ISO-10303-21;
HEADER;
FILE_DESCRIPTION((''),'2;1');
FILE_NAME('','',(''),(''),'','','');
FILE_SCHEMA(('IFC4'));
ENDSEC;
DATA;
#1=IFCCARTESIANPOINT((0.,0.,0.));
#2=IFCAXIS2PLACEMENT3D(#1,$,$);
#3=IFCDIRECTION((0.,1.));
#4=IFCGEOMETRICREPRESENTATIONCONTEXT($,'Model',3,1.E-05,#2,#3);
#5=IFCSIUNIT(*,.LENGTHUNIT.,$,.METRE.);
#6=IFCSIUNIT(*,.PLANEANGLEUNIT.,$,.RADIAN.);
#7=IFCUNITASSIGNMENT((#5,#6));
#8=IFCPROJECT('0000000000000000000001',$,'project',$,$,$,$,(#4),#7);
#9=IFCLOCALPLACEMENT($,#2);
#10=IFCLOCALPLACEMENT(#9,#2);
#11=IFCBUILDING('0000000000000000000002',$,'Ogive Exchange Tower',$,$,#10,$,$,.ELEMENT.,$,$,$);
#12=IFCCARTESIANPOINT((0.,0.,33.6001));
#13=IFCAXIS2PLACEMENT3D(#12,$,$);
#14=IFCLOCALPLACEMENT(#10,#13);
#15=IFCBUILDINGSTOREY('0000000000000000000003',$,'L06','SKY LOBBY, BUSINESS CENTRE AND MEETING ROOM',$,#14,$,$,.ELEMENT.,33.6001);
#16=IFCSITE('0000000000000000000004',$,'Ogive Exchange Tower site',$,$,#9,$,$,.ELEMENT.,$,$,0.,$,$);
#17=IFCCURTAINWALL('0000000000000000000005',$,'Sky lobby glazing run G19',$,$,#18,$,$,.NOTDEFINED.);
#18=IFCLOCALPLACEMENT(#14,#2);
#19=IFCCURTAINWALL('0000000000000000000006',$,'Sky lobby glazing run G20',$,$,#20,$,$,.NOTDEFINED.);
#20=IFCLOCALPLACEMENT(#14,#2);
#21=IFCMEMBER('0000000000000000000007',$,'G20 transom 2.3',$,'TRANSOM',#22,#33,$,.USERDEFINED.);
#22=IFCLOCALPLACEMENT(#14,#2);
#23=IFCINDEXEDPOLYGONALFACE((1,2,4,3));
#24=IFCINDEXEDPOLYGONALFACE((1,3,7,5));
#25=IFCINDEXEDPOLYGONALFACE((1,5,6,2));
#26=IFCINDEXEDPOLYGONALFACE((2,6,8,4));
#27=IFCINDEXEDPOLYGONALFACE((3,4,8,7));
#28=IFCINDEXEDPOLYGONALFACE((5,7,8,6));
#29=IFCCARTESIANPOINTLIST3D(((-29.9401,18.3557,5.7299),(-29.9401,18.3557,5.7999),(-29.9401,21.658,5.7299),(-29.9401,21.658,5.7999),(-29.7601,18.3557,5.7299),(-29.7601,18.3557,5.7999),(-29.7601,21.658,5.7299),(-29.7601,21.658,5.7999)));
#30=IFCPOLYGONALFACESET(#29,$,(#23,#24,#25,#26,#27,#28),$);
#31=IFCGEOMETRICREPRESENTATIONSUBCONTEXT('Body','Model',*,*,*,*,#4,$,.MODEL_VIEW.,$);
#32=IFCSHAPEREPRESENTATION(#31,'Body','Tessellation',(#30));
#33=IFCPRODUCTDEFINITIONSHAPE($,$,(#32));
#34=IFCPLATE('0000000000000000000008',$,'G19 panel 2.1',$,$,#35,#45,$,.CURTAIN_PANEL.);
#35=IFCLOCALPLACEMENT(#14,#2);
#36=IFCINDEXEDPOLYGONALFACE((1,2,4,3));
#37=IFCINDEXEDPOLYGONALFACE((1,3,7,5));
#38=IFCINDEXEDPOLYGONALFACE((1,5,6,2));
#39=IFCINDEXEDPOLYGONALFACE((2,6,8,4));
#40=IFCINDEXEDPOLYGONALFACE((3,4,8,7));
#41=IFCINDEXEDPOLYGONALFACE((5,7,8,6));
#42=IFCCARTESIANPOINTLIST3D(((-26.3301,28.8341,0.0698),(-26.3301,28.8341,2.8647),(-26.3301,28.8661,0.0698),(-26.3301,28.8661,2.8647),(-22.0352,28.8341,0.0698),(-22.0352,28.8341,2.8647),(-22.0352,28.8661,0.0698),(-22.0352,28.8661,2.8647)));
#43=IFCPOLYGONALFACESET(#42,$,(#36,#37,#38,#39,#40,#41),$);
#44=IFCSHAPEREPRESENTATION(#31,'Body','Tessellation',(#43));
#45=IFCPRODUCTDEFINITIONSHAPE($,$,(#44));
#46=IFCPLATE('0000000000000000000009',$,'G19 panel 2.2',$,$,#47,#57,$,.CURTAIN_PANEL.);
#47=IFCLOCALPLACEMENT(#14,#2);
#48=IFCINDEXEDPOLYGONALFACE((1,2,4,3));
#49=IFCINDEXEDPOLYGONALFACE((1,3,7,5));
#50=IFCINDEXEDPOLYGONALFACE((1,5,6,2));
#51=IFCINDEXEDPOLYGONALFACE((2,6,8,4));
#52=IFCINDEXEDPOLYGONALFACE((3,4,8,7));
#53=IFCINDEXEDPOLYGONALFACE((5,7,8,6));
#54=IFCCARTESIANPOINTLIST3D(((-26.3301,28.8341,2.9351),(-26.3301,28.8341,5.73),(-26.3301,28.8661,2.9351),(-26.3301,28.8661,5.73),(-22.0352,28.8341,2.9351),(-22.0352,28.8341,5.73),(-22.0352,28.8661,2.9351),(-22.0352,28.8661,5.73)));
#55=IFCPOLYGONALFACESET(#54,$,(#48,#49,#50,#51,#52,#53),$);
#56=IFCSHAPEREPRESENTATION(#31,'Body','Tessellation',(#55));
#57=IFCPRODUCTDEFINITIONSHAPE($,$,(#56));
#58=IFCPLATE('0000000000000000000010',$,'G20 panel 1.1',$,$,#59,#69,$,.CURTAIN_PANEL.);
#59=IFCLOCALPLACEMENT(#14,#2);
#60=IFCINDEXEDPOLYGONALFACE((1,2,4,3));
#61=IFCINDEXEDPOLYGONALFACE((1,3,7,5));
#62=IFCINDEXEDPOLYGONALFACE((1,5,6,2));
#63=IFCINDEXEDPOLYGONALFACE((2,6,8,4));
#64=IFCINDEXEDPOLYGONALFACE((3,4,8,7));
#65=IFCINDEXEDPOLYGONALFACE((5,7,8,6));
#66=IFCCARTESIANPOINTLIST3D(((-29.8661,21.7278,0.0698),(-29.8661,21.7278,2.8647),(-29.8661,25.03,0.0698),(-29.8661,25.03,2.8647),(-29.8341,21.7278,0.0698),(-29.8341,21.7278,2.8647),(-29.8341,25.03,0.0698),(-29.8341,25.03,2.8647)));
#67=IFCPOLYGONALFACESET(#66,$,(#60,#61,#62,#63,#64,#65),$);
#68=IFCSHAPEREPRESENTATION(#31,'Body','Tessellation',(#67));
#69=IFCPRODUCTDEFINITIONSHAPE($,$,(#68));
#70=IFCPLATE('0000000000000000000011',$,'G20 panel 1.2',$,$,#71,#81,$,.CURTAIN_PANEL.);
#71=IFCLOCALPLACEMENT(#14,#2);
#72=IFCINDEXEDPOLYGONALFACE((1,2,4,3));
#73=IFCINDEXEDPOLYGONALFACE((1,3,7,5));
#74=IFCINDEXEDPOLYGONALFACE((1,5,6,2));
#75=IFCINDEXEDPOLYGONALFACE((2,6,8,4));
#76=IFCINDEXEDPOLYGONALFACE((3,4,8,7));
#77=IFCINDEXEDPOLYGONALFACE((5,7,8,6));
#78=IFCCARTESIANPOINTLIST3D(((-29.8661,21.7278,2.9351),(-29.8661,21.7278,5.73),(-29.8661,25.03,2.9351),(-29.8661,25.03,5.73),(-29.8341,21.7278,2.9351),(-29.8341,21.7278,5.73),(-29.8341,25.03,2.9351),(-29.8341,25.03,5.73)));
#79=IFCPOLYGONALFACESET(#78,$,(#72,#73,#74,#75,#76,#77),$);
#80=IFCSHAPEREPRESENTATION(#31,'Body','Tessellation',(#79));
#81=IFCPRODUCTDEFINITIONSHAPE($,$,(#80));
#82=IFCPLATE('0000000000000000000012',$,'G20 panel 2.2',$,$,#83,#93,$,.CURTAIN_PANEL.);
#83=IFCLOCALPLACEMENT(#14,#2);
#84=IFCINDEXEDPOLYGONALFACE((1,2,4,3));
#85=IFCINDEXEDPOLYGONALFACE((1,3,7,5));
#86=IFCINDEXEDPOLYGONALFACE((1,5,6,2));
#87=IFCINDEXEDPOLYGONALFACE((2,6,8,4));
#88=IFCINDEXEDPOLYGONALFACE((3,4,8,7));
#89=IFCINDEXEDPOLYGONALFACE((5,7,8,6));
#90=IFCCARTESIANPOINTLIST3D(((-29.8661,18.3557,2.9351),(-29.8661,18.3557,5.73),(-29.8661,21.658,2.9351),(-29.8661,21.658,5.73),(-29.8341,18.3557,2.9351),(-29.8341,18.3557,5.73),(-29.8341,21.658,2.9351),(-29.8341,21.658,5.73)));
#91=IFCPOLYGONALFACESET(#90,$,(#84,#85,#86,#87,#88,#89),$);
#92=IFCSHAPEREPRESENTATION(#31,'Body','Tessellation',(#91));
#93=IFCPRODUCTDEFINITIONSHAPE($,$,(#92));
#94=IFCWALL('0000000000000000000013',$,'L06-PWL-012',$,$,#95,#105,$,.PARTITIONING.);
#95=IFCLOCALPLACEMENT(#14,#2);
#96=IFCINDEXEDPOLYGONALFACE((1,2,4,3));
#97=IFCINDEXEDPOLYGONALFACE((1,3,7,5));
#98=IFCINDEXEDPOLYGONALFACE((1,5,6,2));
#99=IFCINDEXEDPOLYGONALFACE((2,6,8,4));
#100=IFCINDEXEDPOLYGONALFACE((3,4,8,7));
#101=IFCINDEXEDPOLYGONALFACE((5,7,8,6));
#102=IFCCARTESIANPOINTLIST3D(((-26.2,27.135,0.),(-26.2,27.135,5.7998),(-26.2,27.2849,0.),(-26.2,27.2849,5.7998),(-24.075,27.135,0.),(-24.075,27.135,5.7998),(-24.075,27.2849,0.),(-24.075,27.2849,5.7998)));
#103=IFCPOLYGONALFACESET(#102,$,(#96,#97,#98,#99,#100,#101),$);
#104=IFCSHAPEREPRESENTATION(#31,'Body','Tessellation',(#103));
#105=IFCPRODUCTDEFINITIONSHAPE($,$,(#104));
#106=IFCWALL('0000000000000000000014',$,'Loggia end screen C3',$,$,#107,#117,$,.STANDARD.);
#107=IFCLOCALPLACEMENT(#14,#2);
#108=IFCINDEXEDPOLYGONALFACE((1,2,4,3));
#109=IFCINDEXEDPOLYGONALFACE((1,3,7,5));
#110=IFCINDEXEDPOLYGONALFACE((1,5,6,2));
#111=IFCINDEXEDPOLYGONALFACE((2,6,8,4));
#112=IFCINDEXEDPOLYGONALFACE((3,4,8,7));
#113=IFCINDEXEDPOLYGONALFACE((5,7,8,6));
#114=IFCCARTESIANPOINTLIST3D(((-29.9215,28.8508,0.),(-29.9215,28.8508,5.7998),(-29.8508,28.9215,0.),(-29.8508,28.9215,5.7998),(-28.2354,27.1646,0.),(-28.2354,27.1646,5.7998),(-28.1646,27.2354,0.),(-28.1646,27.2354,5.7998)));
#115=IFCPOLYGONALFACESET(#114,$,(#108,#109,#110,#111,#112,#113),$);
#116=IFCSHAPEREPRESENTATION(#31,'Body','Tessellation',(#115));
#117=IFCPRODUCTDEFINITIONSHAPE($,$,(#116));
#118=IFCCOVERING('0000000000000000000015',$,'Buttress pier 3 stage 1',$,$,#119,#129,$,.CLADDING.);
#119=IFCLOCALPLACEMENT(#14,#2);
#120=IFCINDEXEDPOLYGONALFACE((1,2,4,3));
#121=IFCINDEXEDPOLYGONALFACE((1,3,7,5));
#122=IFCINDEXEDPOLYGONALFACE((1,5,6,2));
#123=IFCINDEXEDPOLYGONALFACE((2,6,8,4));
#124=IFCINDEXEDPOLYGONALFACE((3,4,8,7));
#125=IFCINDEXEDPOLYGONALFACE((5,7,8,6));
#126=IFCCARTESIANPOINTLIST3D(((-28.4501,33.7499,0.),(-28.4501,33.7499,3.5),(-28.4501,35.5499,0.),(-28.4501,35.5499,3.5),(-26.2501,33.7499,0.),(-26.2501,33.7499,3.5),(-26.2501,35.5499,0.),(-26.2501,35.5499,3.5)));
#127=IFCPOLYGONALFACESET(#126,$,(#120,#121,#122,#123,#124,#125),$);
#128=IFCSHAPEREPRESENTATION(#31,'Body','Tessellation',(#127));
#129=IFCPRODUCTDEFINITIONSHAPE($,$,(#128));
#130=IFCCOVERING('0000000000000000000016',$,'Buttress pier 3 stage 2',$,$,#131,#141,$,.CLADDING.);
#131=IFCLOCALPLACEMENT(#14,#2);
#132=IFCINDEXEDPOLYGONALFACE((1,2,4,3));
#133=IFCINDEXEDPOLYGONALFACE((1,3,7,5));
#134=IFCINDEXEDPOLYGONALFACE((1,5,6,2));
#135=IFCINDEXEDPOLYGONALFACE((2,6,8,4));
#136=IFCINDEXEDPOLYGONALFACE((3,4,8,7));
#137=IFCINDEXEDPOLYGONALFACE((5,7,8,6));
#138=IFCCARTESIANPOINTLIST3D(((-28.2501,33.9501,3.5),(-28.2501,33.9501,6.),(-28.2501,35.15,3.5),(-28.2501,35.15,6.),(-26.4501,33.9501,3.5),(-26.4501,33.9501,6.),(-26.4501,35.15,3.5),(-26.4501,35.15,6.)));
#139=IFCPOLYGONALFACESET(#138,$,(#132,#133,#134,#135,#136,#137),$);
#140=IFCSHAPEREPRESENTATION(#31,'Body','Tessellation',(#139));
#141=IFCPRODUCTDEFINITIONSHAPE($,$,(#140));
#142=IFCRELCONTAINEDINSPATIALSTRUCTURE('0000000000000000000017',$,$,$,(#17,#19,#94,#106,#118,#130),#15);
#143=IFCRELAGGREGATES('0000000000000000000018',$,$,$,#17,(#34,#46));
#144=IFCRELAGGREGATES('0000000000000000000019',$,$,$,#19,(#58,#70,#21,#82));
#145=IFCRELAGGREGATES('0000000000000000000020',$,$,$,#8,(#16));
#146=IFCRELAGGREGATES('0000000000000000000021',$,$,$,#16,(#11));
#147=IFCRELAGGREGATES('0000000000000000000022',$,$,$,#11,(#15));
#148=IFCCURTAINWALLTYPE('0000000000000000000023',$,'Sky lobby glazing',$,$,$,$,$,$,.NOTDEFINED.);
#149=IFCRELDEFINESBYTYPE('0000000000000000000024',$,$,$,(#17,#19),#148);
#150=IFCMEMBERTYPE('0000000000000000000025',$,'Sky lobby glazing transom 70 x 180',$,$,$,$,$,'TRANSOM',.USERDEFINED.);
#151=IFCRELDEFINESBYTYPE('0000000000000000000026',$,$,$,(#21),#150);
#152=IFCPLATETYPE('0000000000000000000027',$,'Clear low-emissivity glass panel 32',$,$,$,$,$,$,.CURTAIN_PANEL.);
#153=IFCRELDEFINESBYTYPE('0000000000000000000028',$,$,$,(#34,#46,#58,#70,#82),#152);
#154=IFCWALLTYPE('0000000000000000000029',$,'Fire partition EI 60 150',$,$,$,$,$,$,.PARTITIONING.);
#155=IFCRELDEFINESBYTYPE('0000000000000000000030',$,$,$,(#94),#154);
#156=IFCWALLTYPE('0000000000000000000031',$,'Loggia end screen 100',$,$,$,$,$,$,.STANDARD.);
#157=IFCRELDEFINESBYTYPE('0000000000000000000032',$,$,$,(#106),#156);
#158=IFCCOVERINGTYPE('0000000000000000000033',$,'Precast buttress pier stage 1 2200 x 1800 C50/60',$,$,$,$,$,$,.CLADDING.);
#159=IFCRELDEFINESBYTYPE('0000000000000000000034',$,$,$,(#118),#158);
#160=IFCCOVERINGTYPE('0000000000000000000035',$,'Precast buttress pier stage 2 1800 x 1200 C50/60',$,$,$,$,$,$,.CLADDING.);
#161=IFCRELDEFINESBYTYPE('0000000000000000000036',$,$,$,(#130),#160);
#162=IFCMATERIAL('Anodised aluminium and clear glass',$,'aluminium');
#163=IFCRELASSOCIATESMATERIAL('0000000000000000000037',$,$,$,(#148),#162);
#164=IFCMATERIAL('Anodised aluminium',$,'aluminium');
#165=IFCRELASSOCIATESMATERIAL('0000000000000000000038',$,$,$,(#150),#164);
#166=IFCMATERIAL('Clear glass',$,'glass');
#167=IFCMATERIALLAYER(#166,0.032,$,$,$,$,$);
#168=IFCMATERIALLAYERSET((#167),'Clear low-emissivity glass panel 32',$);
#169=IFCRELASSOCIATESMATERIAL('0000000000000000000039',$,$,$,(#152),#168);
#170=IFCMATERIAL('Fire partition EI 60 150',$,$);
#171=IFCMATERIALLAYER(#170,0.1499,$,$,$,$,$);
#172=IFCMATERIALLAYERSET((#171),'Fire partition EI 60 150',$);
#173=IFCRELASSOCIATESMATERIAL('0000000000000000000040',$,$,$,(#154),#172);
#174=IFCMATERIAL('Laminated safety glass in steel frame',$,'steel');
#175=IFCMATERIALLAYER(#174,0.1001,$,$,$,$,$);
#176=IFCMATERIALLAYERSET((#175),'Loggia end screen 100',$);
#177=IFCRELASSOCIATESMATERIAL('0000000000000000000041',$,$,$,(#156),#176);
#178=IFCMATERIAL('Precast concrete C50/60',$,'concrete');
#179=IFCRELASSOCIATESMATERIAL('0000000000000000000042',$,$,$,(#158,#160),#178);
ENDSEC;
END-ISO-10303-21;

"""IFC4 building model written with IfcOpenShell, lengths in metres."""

from ifc_helpers import new_model, si_unit, direction, frame, frame_2d, origin, origin_2d, place, context, subcontext, project, spatial, rectangle, extrude, material, layer, layer_set, material_profile, profile_set, type_object, element, aggregate, save


model = new_model("IFC4")

# Units and contexts
model_context = context("Model", 3, precision=1e-05, world=origin(), true_north=direction((0.0, 1.0)))
body_context = subcontext(model_context, "Body", "Model", "MODEL_VIEW")
ifc_project = project(units=[si_unit("LENGTHUNIT", "METRE"), si_unit("PLANEANGLEUNIT", "RADIAN")], contexts=[model_context])

# Site, building, storey
site_placement = place(None, origin())
site = spatial("IfcSite", under=ifc_project, at=site_placement, Name="Ogive Exchange Tower site", CompositionType="ELEMENT", RefElevation=0.0)
building_placement = place(site_placement, origin())
building = spatial("IfcBuilding", under=site, at=building_placement, Name="Ogive Exchange Tower", CompositionType="ELEMENT")
storey_placement = place(building_placement, frame((0.0, 0.0, 33.6001)))
storey = spatial("IfcBuildingStorey", under=building, at=storey_placement, Name="L06", Description="SKY LOBBY, BUSINESS CENTRE AND MEETING ROOM", CompositionType="ELEMENT", Elevation=33.6001)

# Curtain wall
ifc_material_1 = material(Name="Anodised aluminium and clear glass", Category="aluminium")
curtain_wall_type = type_object("IfcCurtainWallType", Name="Sky lobby glazing", PredefinedType="NOTDEFINED", material=ifc_material_1)
curtain_wall_1_placement = place(storey_placement, origin())
curtain_wall_1 = element("IfcCurtainWall", 1, at=curtain_wall_1_placement, inside=storey, type_object=curtain_wall_type, Name="Sky lobby glazing run G19", PredefinedType="NOTDEFINED")
ifc_material_2 = material(Name="Anodised aluminium", Category="aluminium")

# Curtain wall, member
curtain_wall_2_placement = place(storey_placement, origin())
curtain_wall_2 = element("IfcCurtainWall", 2, at=curtain_wall_2_placement, inside=storey, type_object=curtain_wall_type, Name="Sky lobby glazing run G20", PredefinedType="NOTDEFINED")
ifc_material_profile_1 = material_profile(ifc_material_2, rectangle(XDim=0.1799, YDim=0.0701, at=origin_2d()), Name="AL 70x180")
ifc_profile_set_1 = profile_set([ifc_material_profile_1], Name="Anodised aluminium")
member_type_1 = type_object("IfcMemberType", Name="Sky lobby glazing transom 70 x 180", ElementType="TRANSOM", PredefinedType="USERDEFINED", material=ifc_profile_set_1)
member_1_placement = place(storey_placement, frame((-29.8501, 21.658, 5.7649), z_axis=(0.0, -1.0, 0.0), x_axis=(1.0, 0.0, 0.0)))
member_1 = element("IfcMember", 3, at=member_1_placement, type_object=member_type_1, Name="G20 transom 2.3", ObjectType="TRANSOM", PredefinedType="USERDEFINED", context=body_context, shape_type="SweptSolid", body=[
    extrude(rectangle(XDim=0.1799, YDim=0.0701, at=origin_2d()), origin(), (0.0, 0.0, 1.0), 3.3022),
])

# Plates
ifc_material_3 = material(Name="Clear glass", Category="glass")
ifc_layer_1 = layer(ifc_material_3, 0.032)
ifc_layer_set_1 = layer_set([ifc_layer_1], Name="Clear low-emissivity glass panel 32")
plate_type = type_object("IfcPlateType", Name="Clear low-emissivity glass panel 32", PredefinedType="CURTAIN_PANEL", material=ifc_layer_set_1)
plate_1_placement = place(storey_placement, frame((-24.1826, 28.8501, 0.0698), z_axis=(0.0, 0.0, 1.0), x_axis=(-1.0, 0.0, 0.0)))
plate_1 = element("IfcPlate", 4, at=plate_1_placement, type_object=plate_type, Name="G19 panel 2.1", PredefinedType="CURTAIN_PANEL", context=body_context, shape_type="SweptSolid", body=[
    extrude(rectangle(XDim=4.2949, YDim=0.032, at=origin_2d()), origin(), (0.0, 0.0, 1.0), 2.7949),
])
plate_2_placement = place(storey_placement, frame((-24.1826, 28.8501, 2.9351), z_axis=(0.0, 0.0, 1.0), x_axis=(-1.0, 0.0, 0.0)))
plate_2 = element("IfcPlate", 5, at=plate_2_placement, type_object=plate_type, Name="G19 panel 2.2", PredefinedType="CURTAIN_PANEL", context=body_context, shape_type="SweptSolid", body=[
    extrude(rectangle(XDim=4.2949, YDim=0.032, at=origin_2d()), origin(), (0.0, 0.0, 1.0), 2.7949),
])
aggregate(curtain_wall_1, [plate_1, plate_2])
plate_3_placement = place(storey_placement, frame((-29.8501, 23.3789, 0.0698), z_axis=(0.0, 0.0, 1.0), x_axis=(0.0, -1.0, 0.0)))
plate_3 = element("IfcPlate", 6, at=plate_3_placement, type_object=plate_type, Name="G20 panel 1.1", PredefinedType="CURTAIN_PANEL", context=body_context, shape_type="SweptSolid", body=[
    extrude(rectangle(XDim=3.3022, YDim=0.032, at=origin_2d()), origin(), (0.0, 0.0, 1.0), 2.7949),
])
plate_4_placement = place(storey_placement, frame((-29.8501, 23.3789, 2.9351), z_axis=(0.0, 0.0, 1.0), x_axis=(0.0, -1.0, 0.0)))
plate_4 = element("IfcPlate", 7, at=plate_4_placement, type_object=plate_type, Name="G20 panel 1.2", PredefinedType="CURTAIN_PANEL", context=body_context, shape_type="SweptSolid", body=[
    extrude(rectangle(XDim=3.3022, YDim=0.032, at=origin_2d()), origin(), (0.0, 0.0, 1.0), 2.7949),
])
plate_5_placement = place(storey_placement, frame((-29.8501, 20.0068, 2.9351), z_axis=(0.0, 0.0, 1.0), x_axis=(0.0, -1.0, 0.0)))
plate_5 = element("IfcPlate", 8, at=plate_5_placement, type_object=plate_type, Name="G20 panel 2.2", PredefinedType="CURTAIN_PANEL", context=body_context, shape_type="SweptSolid", body=[
    extrude(rectangle(XDim=3.3022, YDim=0.032, at=origin_2d()), origin(), (0.0, 0.0, 1.0), 2.7949),
])
aggregate(curtain_wall_2, [plate_3, plate_4, member_1, plate_5])

# Walls
ifc_material_4 = material(Name="Fire partition EI 60 150")
ifc_layer_2 = layer(ifc_material_4, 0.1499)
ifc_layer_set_2 = layer_set([ifc_layer_2], Name="Fire partition EI 60 150")
wall_type_1 = type_object("IfcWallType", Name="Fire partition EI 60 150", PredefinedType="PARTITIONING", material=ifc_layer_set_2)
wall_1_placement = place(storey_placement, frame((-24.075, 27.21, 0.0), z_axis=(0.0, 0.0, 1.0), x_axis=(-1.0, 0.0, 0.0)))
element("IfcWall", 9, at=wall_1_placement, inside=storey, type_object=wall_type_1, Name="L06-PWL-012", PredefinedType="PARTITIONING", context=body_context, shape_type="SweptSolid", body=[
    extrude(rectangle(XDim=2.125, YDim=0.1499, at=frame_2d((1.0625, 0.0))), origin(), (0.0, 0.0, 1.0), 5.7998),
])
ifc_material_5 = material(Name="Laminated safety glass in steel frame", Category="steel")
ifc_layer_3 = layer(ifc_material_5, 0.1001)
ifc_layer_set_3 = layer_set([ifc_layer_3], Name="Loggia end screen 100")
wall_type_2 = type_object("IfcWallType", Name="Loggia end screen 100", PredefinedType="STANDARD", material=ifc_layer_set_3)
wall_2_placement = place(storey_placement, frame((-28.2, 27.2, 0.0), z_axis=(0.0, 0.0, 1.0), x_axis=(-0.707107, 0.707107, 0.0)))
element("IfcWall", 10, at=wall_2_placement, inside=storey, type_object=wall_type_2, Name="Loggia end screen C3", PredefinedType="STANDARD", context=body_context, shape_type="SweptSolid", body=[
    extrude(rectangle(XDim=2.3845, YDim=0.1001, at=frame_2d((1.1924, 0.0))), origin(), (0.0, 0.0, 1.0), 5.7998),
])

# Coverings
ifc_material_6 = material(Name="Precast concrete C50/60", Category="concrete")
ifc_material_profile_2 = material_profile(ifc_material_6, rectangle(XDim=2.2, YDim=1.8, at=origin_2d()), Name="BUTTRESS PIER 1 2200 x 1800")
ifc_profile_set_2 = profile_set([ifc_material_profile_2], Name="Precast concrete C50/60")
covering_type_1 = type_object("IfcCoveringType", Name="Precast buttress pier stage 1 2200 x 1800 C50/60", PredefinedType="CLADDING", material=ifc_profile_set_2)
covering_1_placement = place(storey_placement, frame((-27.3501, 34.6499, 0.0), z_axis=(0.0, 0.0, 1.0), x_axis=(1.0, 0.0, 0.0)))
element("IfcCovering", 11, at=covering_1_placement, inside=storey, type_object=covering_type_1, Name="Buttress pier 3 stage 1", PredefinedType="CLADDING", context=body_context, shape_type="SweptSolid", body=[
    extrude(rectangle(XDim=2.2, YDim=1.8, at=origin_2d()), origin(), (0.0, 0.0, 1.0), 3.5),
])
ifc_material_profile_3 = material_profile(ifc_material_6, rectangle(XDim=1.8, YDim=1.2, at=origin_2d()), Name="BUTTRESS PIER 2 1800 x 1200")
ifc_profile_set_3 = profile_set([ifc_material_profile_3], Name="Precast concrete C50/60")
covering_type_2 = type_object("IfcCoveringType", Name="Precast buttress pier stage 2 1800 x 1200 C50/60", PredefinedType="CLADDING", material=ifc_profile_set_3)
covering_2_placement = place(storey_placement, frame((-27.3501, 34.55, 3.5), z_axis=(0.0, 0.0, 1.0), x_axis=(1.0, 0.0, 0.0)))
element("IfcCovering", 12, at=covering_2_placement, inside=storey, type_object=covering_type_2, Name="Buttress pier 3 stage 2", PredefinedType="CLADDING", context=body_context, shape_type="SweptSolid", body=[
    extrude(rectangle(XDim=1.8, YDim=1.2, at=origin_2d()), origin(), (0.0, 0.0, 1.0), 2.5),
])

save(model, "model.ifc")
